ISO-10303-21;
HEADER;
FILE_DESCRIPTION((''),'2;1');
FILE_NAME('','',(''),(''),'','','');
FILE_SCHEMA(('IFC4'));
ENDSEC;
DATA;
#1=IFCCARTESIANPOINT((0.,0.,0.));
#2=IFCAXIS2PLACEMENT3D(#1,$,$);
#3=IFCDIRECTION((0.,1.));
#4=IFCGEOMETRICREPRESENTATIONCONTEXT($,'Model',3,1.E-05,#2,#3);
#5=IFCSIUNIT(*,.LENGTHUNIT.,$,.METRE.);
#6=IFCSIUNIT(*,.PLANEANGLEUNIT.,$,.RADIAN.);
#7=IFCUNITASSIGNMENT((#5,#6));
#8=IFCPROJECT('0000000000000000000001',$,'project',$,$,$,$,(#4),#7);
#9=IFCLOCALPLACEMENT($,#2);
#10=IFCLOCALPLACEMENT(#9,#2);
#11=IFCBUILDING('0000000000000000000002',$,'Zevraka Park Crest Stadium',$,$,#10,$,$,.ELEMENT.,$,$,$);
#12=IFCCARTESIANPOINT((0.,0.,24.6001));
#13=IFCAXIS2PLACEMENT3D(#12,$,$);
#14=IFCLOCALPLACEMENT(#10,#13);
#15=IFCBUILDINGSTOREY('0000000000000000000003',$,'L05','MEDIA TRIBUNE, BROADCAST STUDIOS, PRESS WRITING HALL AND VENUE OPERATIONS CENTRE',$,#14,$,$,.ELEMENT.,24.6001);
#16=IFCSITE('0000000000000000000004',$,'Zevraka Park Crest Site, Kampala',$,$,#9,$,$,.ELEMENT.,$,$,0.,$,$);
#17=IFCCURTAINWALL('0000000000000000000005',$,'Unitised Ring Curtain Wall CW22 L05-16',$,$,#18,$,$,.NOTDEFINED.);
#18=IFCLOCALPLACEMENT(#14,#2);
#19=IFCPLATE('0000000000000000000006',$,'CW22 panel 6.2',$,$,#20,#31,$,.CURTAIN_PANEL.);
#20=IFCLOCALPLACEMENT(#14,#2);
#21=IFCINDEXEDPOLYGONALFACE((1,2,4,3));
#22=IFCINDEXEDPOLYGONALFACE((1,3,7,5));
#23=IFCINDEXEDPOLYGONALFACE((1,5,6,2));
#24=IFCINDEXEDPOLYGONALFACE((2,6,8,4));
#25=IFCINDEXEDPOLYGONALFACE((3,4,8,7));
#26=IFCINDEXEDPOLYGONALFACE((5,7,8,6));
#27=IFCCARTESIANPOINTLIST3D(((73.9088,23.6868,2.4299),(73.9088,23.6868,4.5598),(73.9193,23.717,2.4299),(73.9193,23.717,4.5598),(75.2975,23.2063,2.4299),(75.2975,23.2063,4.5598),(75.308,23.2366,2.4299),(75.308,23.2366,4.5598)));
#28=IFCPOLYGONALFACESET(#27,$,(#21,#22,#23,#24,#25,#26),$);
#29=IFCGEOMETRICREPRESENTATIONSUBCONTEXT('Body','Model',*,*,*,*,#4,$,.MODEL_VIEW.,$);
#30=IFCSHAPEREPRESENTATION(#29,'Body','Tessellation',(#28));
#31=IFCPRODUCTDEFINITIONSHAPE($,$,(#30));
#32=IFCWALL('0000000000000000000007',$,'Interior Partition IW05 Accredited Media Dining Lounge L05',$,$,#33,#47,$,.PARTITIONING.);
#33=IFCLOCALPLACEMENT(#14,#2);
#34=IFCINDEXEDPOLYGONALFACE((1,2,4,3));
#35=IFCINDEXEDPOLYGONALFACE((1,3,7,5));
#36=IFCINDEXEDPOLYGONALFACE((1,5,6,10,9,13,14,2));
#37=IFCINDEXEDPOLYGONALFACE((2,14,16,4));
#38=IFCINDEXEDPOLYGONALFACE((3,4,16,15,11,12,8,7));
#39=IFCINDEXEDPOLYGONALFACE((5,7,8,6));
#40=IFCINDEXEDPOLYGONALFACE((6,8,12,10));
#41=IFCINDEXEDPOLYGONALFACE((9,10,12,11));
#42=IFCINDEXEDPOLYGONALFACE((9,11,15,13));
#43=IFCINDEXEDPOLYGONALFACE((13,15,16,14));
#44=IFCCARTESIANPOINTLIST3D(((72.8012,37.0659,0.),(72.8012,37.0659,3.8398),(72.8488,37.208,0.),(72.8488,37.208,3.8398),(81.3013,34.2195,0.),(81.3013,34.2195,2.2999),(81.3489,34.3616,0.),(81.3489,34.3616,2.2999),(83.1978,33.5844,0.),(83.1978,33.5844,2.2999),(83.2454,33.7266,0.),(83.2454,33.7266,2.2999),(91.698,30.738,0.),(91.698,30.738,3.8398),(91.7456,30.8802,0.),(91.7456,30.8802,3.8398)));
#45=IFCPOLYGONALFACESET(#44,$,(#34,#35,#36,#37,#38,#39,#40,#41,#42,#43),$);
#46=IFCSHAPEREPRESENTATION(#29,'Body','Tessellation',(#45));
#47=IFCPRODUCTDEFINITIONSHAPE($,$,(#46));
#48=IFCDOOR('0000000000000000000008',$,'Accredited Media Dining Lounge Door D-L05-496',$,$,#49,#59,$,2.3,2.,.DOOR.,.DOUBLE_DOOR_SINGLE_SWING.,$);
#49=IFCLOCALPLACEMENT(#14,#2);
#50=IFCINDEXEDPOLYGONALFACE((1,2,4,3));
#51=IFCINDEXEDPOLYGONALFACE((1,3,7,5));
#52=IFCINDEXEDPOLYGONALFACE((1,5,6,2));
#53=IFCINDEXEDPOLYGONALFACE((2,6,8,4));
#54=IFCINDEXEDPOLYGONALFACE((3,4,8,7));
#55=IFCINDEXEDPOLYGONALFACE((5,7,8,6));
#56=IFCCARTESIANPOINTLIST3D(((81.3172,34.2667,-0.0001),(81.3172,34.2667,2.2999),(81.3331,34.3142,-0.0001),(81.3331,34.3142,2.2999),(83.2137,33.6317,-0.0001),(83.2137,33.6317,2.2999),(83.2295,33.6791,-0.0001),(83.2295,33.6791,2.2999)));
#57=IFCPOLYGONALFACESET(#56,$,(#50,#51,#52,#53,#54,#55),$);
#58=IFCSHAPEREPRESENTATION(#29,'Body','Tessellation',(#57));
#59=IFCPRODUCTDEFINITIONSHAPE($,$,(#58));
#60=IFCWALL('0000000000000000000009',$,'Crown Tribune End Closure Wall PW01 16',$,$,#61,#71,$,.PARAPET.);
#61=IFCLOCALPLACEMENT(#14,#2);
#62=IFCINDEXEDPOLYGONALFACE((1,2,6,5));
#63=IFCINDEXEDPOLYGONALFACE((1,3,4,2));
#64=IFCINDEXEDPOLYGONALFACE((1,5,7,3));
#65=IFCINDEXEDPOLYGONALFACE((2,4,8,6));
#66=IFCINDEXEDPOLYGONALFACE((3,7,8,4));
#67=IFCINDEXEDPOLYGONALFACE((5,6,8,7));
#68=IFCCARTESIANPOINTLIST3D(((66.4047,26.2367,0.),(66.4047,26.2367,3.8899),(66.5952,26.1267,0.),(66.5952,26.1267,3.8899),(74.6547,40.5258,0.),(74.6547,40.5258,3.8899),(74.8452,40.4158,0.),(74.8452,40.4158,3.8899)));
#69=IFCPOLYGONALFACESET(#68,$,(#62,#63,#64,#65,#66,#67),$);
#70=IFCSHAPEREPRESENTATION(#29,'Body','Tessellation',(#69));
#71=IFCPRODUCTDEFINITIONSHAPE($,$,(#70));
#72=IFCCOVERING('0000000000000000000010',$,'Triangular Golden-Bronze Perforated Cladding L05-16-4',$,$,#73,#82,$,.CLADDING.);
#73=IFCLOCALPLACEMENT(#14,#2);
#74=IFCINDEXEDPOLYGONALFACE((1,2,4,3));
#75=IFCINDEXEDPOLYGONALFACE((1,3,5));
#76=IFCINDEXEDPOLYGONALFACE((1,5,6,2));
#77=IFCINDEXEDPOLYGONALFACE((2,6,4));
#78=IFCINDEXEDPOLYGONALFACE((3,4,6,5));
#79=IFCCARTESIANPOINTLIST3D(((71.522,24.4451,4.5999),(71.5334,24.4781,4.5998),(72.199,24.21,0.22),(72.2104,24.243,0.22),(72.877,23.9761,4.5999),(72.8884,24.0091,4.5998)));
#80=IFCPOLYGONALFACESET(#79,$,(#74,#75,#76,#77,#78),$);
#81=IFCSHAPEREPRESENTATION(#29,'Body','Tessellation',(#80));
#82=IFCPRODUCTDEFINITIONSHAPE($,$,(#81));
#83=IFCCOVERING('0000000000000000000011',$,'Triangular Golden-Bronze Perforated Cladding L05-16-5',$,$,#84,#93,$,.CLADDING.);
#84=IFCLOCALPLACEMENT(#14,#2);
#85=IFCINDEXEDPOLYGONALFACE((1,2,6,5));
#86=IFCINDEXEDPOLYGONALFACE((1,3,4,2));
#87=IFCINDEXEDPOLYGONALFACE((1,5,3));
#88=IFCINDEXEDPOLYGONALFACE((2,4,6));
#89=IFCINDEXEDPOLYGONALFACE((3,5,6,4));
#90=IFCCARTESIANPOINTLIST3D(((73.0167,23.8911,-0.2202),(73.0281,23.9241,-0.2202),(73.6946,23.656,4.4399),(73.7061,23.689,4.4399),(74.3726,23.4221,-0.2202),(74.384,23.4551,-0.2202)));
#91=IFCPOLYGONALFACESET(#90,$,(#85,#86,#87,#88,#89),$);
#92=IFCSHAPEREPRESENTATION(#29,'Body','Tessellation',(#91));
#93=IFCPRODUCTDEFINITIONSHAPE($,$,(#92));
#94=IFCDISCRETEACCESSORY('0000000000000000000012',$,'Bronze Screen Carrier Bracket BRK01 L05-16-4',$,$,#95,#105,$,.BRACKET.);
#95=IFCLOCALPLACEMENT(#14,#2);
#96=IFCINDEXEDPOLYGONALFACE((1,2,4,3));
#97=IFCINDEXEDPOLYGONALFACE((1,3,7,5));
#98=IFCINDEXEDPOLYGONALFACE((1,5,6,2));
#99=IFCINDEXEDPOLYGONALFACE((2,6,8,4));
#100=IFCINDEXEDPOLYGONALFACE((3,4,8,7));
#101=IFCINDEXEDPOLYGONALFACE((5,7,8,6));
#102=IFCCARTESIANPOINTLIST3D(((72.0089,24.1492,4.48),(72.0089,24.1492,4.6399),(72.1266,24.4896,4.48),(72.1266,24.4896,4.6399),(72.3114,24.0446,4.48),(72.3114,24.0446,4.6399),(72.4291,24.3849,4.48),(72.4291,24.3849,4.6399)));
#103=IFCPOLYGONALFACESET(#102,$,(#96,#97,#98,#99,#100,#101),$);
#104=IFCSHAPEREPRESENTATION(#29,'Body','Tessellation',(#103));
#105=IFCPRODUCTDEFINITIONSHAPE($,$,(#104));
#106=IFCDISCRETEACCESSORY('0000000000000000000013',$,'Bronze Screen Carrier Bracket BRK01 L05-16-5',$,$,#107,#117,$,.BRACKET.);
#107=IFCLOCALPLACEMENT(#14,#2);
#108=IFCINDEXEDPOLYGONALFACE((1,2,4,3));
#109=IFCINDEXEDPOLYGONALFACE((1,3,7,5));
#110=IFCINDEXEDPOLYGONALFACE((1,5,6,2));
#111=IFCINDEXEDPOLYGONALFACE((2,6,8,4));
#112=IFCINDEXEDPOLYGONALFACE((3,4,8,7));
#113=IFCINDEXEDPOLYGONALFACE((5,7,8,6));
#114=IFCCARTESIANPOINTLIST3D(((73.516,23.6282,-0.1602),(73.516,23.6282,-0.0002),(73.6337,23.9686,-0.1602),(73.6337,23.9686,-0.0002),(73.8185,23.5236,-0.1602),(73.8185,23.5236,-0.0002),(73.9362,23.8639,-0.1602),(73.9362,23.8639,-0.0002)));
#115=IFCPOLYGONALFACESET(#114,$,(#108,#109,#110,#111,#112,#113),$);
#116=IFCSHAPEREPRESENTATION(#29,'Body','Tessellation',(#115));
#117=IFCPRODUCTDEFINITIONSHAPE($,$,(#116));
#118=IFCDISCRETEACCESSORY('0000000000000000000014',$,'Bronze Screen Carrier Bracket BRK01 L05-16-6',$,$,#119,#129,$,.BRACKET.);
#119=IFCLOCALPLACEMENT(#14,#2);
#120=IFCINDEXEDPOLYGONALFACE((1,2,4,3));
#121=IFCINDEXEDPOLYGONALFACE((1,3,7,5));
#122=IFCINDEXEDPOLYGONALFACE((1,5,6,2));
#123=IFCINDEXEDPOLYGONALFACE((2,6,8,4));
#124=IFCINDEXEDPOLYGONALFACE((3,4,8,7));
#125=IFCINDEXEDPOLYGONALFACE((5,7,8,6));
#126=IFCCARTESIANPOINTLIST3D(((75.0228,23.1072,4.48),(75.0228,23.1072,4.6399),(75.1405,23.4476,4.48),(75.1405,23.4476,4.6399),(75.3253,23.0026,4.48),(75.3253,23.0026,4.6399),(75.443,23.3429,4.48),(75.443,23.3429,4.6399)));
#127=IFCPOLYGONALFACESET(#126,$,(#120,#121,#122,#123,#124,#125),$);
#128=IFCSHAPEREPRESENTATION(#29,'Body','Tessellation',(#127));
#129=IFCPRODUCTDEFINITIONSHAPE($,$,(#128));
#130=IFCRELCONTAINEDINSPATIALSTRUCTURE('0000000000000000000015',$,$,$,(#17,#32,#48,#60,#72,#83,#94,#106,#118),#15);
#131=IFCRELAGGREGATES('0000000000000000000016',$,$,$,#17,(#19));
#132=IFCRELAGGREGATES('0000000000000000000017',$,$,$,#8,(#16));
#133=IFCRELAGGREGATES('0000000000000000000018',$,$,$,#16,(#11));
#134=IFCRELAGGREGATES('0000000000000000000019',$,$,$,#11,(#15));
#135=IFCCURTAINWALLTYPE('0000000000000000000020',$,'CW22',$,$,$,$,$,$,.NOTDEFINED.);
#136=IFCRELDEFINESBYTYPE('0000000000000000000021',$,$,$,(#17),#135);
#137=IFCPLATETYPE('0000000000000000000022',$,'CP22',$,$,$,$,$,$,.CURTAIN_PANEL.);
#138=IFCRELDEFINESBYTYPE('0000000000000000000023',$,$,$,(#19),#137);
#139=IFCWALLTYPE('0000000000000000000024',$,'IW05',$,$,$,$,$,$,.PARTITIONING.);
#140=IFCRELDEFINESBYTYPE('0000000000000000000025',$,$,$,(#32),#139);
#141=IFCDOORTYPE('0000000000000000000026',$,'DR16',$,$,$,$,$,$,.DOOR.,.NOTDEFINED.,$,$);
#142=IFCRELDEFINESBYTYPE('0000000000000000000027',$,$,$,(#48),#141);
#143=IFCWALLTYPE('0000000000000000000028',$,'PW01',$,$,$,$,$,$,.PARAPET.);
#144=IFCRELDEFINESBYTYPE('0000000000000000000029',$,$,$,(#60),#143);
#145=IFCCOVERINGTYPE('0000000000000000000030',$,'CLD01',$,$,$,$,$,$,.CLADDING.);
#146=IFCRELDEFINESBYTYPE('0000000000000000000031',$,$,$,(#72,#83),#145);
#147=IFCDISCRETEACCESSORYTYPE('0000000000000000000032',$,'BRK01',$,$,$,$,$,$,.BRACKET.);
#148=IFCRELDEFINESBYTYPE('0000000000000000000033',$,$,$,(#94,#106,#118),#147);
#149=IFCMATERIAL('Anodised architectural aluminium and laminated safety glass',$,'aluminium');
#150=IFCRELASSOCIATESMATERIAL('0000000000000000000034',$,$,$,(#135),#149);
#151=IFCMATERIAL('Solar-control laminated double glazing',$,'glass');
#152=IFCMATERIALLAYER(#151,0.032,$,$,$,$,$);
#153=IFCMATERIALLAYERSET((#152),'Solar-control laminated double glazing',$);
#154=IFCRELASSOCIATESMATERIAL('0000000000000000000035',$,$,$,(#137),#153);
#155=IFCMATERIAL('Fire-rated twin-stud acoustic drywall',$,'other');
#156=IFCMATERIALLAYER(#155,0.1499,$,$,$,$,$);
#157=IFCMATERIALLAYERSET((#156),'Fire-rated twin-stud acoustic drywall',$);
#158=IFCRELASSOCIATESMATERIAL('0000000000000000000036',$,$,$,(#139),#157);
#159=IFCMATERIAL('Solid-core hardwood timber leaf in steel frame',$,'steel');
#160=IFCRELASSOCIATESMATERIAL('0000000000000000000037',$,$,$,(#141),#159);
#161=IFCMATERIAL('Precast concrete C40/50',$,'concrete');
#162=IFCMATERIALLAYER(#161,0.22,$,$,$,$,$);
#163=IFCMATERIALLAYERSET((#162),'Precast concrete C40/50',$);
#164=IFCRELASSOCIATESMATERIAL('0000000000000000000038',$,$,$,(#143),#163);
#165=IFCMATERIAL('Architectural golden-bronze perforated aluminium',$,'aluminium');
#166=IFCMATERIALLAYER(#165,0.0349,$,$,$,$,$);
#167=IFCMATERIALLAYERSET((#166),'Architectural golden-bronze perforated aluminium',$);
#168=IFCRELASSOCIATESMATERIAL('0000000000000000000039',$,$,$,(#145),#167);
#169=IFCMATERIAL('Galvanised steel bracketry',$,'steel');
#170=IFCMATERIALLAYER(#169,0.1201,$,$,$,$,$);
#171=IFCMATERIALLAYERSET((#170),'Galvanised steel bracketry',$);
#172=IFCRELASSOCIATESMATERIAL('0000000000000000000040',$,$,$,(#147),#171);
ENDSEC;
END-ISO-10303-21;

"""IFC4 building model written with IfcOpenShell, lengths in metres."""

from ifc_helpers import new_model, si_unit, direction, frame, frame_2d, origin, origin_2d, place, context, subcontext, project, spatial, polyline, rectangle, outline, extrude, material, layer, layer_set, type_object, element, fill, aggregate, save


model = new_model("IFC4")

# Units and contexts
model_context = context("Model", 3, precision=1e-05, world=origin(), true_north=direction((0.0, 1.0)))
body_context = subcontext(model_context, "Body", "Model", "MODEL_VIEW")
ifc_project = project(units=[si_unit("LENGTHUNIT", "METRE"), si_unit("PLANEANGLEUNIT", "RADIAN")], contexts=[model_context])

# Site, building, storey
site_placement = place(None, origin())
site = spatial("IfcSite", under=ifc_project, at=site_placement, Name="Zevraka Park Crest Site, Kampala", CompositionType="ELEMENT", RefElevation=0.0)
building_placement = place(site_placement, origin())
building = spatial("IfcBuilding", under=site, at=building_placement, Name="Zevraka Park Crest Stadium", CompositionType="ELEMENT")
storey_placement = place(building_placement, frame((0.0, 0.0, 24.6001)))
storey = spatial("IfcBuildingStorey", under=building, at=storey_placement, Name="L05", Description="MEDIA TRIBUNE, BROADCAST STUDIOS, PRESS WRITING HALL AND VENUE OPERATIONS CENTRE", CompositionType="ELEMENT", Elevation=24.6001)

# Curtain wall
ifc_material_1 = material(Name="Anodised architectural aluminium and laminated safety glass", Category="aluminium")
curtain_wall_type = type_object("IfcCurtainWallType", Name="CW22", PredefinedType="NOTDEFINED", material=ifc_material_1)
curtain_wall_placement = place(storey_placement, origin())
curtain_wall = element("IfcCurtainWall", 1, at=curtain_wall_placement, inside=storey, type_object=curtain_wall_type, Name="Unitised Ring Curtain Wall CW22 L05-16", PredefinedType="NOTDEFINED")

# Plate
ifc_material_2 = material(Name="Solar-control laminated double glazing", Category="glass")
ifc_layer_1 = layer(ifc_material_2, 0.032)
ifc_layer_set_1 = layer_set([ifc_layer_1], Name="Solar-control laminated double glazing")
plate_type = type_object("IfcPlateType", Name="CP22", PredefinedType="CURTAIN_PANEL", material=ifc_layer_set_1)
plate_1_placement = place(storey_placement, frame((74.6084, 23.4617, 2.4299), z_axis=(0.0, 0.0, 1.0), x_axis=(0.945049, -0.326929, 0.0)))
plate_1 = element("IfcPlate", 2, at=plate_1_placement, type_object=plate_type, Name="CW22 panel 6.2", PredefinedType="CURTAIN_PANEL", context=body_context, shape_type="SweptSolid", body=[
    extrude(rectangle(XDim=1.4695, YDim=0.032, at=origin_2d()), origin(), (0.0, 0.0, 1.0), 2.1299),
])
aggregate(curtain_wall, [plate_1])

# Wall, opening, door
ifc_material_3 = material(Name="Fire-rated twin-stud acoustic drywall", Category="other")
ifc_layer_2 = layer(ifc_material_3, 0.1499)
ifc_layer_set_2 = layer_set([ifc_layer_2], Name="Fire-rated twin-stud acoustic drywall")
wall_type_1 = type_object("IfcWallType", Name="IW05", PredefinedType="PARTITIONING", material=ifc_layer_set_2)
wall_1_placement = place(storey_placement, frame((72.825, 37.137, 0.0), z_axis=(0.0, 0.0, 1.0), x_axis=(0.948247, -0.317532, 0.0)))
wall_1 = element("IfcWall", 3, at=wall_1_placement, inside=storey, type_object=wall_type_1, Name="Interior Partition IW05 Accredited Media Dining Lounge L05", PredefinedType="PARTITIONING", context=body_context, shape_type="SweptSolid", body=[
    extrude(rectangle(XDim=19.9282, YDim=0.1499, at=frame_2d((9.9641, 0.0))), origin(), (0.0, 0.0, 1.0), 3.8398),
])
opening_placement = place(wall_1_placement, frame((8.9641, 0.0, 0.0)))
opening = element("IfcOpeningElement", 4, at=opening_placement, cuts=wall_1, PredefinedType="OPENING", context=body_context, shape_type="SweptSolid", body=[
    extrude(rectangle(XDim=2.0, YDim=2.3, at=frame_2d((1.0, 1.1499))), frame((0.0, 0.085, 0.0), z_axis=(0.0, -1.0, 0.0), x_axis=(1.0, 0.0, 0.0)), (0.0, 0.0, 1.0), 0.1699),
])
ifc_material_4 = material(Name="Solid-core hardwood timber leaf in steel frame", Category="steel")
door_type = type_object("IfcDoorType", Name="DR16", OperationType="NOTDEFINED", PredefinedType="DOOR", material=ifc_material_4)
door_placement = place(opening_placement, origin())
door = element("IfcDoor", 5, at=door_placement, inside=storey, type_object=door_type, Name="Accredited Media Dining Lounge Door D-L05-496", OperationType="DOUBLE_DOOR_SINGLE_SWING", OverallHeight=2.3, OverallWidth=2.0, PredefinedType="DOOR", context=body_context, shape_type="SweptSolid", body=[
    extrude(rectangle(XDim=2.0, YDim=2.3, at=frame_2d((1.0, 1.1499))), frame((0.0, 0.0249, 0.0), z_axis=(0.0, -1.0, 0.0), x_axis=(1.0, 0.0, 0.0)), (0.0, 0.0, 1.0), 0.05),
])
fill(opening, door)

# Wall
ifc_material_5 = material(Name="Precast concrete C40/50", Category="concrete")
ifc_layer_3 = layer(ifc_material_5, 0.22)
ifc_layer_set_3 = layer_set([ifc_layer_3], Name="Precast concrete C40/50")
wall_type_2 = type_object("IfcWallType", Name="PW01", PredefinedType="PARAPET", material=ifc_layer_set_3)
wall_2_placement = place(storey_placement, frame((74.75, 40.4709, 0.0), z_axis=(0.0, 0.0, 1.0), x_axis=(-0.500009, -0.86602, 0.0)))
element("IfcWall", 6, at=wall_2_placement, inside=storey, type_object=wall_type_2, Name="Crown Tribune End Closure Wall PW01 16", PredefinedType="PARAPET", context=body_context, shape_type="SweptSolid", body=[
    extrude(rectangle(XDim=16.4998, YDim=0.22, at=frame_2d((8.25, 0.0))), origin(), (0.0, 0.0, 1.0), 3.8899),
])

# Coverings
ifc_material_6 = material(Name="Architectural golden-bronze perforated aluminium", Category="aluminium")
ifc_layer_4 = layer(ifc_material_6, 0.0349)
ifc_layer_set_4 = layer_set([ifc_layer_4], Name="Architectural golden-bronze perforated aluminium")
covering_type = type_object("IfcCoveringType", Name="CLD01", PredefinedType="CLADDING", material=ifc_layer_set_4)
covering_1_placement = place(storey_placement, frame((72.877, 23.9761, 4.5999), z_axis=(-0.327087, -0.944994, 0.000168), x_axis=(-0.944994, 0.327087, 0.0)))
element("IfcCovering", 7, at=covering_1_placement, inside=storey, type_object=covering_type, Name="Triangular Golden-Bronze Perforated Cladding L05-16-4", PredefinedType="CLADDING", context=body_context, shape_type="SweptSolid", body=[
    extrude(outline(polyline([(0.0, 0.0), (1.4339, 0.0), (0.7172, 4.3799), (0.0, 0.0)])), origin(), (0.0, 0.0, -1.0), 0.0349),
])
covering_2_placement = place(storey_placement, frame((73.0281, 23.9241, -0.2202), z_axis=(0.326877, 0.945067, 0.000124), x_axis=(0.945067, -0.326877, 0.0)))
element("IfcCovering", 8, at=covering_2_placement, inside=storey, type_object=covering_type, Name="Triangular Golden-Bronze Perforated Cladding L05-16-5", PredefinedType="CLADDING", context=body_context, shape_type="SweptSolid", body=[
    extrude(outline(polyline([(0.0, 0.0), (1.4348, 0.0), (0.7176, -4.6602), (0.0, 0.0)])), origin(), (0.0, 0.0, -1.0), 0.0349),
])

# Discrete accessories
ifc_material_7 = material(Name="Galvanised steel bracketry", Category="steel")
ifc_layer_5 = layer(ifc_material_7, 0.1201)
ifc_layer_set_5 = layer_set([ifc_layer_5], Name="Galvanised steel bracketry")
discrete_accessory_type = type_object("IfcDiscreteAccessoryType", Name="BRK01", PredefinedType="BRACKET", material=ifc_layer_set_5)
for number, where, z_axis, x_axis, name in (
    (9, (72.219, 24.2671, 4.48), (0.0, 0.0, 1.0), (0.945063, -0.326888, 0.0), "Bronze Screen Carrier Bracket BRK01 L05-16-4"),
    (10, (73.7261, 23.7461, -0.1602), (0.0, 0.0, 1.0), (0.945063, -0.326888, 0.0), "Bronze Screen Carrier Bracket BRK01 L05-16-5"),
    (11, (75.2329, 23.2251, 4.48), (0.0, 0.0, 1.0), (0.945063, -0.326888, 0.0), "Bronze Screen Carrier Bracket BRK01 L05-16-6"),
):
    element("IfcDiscreteAccessory", number, at=place(storey_placement, frame(where, z_axis=z_axis, x_axis=x_axis)), inside=storey, type_object=discrete_accessory_type, Name=name, PredefinedType="BRACKET", context=body_context, shape_type="SweptSolid", body=[
        extrude(rectangle(XDim=0.3201, YDim=0.3601, at=origin_2d()), origin(), (0.0, 0.0, 1.0), 0.1599),
    ])

save(model, "model.ifc")
